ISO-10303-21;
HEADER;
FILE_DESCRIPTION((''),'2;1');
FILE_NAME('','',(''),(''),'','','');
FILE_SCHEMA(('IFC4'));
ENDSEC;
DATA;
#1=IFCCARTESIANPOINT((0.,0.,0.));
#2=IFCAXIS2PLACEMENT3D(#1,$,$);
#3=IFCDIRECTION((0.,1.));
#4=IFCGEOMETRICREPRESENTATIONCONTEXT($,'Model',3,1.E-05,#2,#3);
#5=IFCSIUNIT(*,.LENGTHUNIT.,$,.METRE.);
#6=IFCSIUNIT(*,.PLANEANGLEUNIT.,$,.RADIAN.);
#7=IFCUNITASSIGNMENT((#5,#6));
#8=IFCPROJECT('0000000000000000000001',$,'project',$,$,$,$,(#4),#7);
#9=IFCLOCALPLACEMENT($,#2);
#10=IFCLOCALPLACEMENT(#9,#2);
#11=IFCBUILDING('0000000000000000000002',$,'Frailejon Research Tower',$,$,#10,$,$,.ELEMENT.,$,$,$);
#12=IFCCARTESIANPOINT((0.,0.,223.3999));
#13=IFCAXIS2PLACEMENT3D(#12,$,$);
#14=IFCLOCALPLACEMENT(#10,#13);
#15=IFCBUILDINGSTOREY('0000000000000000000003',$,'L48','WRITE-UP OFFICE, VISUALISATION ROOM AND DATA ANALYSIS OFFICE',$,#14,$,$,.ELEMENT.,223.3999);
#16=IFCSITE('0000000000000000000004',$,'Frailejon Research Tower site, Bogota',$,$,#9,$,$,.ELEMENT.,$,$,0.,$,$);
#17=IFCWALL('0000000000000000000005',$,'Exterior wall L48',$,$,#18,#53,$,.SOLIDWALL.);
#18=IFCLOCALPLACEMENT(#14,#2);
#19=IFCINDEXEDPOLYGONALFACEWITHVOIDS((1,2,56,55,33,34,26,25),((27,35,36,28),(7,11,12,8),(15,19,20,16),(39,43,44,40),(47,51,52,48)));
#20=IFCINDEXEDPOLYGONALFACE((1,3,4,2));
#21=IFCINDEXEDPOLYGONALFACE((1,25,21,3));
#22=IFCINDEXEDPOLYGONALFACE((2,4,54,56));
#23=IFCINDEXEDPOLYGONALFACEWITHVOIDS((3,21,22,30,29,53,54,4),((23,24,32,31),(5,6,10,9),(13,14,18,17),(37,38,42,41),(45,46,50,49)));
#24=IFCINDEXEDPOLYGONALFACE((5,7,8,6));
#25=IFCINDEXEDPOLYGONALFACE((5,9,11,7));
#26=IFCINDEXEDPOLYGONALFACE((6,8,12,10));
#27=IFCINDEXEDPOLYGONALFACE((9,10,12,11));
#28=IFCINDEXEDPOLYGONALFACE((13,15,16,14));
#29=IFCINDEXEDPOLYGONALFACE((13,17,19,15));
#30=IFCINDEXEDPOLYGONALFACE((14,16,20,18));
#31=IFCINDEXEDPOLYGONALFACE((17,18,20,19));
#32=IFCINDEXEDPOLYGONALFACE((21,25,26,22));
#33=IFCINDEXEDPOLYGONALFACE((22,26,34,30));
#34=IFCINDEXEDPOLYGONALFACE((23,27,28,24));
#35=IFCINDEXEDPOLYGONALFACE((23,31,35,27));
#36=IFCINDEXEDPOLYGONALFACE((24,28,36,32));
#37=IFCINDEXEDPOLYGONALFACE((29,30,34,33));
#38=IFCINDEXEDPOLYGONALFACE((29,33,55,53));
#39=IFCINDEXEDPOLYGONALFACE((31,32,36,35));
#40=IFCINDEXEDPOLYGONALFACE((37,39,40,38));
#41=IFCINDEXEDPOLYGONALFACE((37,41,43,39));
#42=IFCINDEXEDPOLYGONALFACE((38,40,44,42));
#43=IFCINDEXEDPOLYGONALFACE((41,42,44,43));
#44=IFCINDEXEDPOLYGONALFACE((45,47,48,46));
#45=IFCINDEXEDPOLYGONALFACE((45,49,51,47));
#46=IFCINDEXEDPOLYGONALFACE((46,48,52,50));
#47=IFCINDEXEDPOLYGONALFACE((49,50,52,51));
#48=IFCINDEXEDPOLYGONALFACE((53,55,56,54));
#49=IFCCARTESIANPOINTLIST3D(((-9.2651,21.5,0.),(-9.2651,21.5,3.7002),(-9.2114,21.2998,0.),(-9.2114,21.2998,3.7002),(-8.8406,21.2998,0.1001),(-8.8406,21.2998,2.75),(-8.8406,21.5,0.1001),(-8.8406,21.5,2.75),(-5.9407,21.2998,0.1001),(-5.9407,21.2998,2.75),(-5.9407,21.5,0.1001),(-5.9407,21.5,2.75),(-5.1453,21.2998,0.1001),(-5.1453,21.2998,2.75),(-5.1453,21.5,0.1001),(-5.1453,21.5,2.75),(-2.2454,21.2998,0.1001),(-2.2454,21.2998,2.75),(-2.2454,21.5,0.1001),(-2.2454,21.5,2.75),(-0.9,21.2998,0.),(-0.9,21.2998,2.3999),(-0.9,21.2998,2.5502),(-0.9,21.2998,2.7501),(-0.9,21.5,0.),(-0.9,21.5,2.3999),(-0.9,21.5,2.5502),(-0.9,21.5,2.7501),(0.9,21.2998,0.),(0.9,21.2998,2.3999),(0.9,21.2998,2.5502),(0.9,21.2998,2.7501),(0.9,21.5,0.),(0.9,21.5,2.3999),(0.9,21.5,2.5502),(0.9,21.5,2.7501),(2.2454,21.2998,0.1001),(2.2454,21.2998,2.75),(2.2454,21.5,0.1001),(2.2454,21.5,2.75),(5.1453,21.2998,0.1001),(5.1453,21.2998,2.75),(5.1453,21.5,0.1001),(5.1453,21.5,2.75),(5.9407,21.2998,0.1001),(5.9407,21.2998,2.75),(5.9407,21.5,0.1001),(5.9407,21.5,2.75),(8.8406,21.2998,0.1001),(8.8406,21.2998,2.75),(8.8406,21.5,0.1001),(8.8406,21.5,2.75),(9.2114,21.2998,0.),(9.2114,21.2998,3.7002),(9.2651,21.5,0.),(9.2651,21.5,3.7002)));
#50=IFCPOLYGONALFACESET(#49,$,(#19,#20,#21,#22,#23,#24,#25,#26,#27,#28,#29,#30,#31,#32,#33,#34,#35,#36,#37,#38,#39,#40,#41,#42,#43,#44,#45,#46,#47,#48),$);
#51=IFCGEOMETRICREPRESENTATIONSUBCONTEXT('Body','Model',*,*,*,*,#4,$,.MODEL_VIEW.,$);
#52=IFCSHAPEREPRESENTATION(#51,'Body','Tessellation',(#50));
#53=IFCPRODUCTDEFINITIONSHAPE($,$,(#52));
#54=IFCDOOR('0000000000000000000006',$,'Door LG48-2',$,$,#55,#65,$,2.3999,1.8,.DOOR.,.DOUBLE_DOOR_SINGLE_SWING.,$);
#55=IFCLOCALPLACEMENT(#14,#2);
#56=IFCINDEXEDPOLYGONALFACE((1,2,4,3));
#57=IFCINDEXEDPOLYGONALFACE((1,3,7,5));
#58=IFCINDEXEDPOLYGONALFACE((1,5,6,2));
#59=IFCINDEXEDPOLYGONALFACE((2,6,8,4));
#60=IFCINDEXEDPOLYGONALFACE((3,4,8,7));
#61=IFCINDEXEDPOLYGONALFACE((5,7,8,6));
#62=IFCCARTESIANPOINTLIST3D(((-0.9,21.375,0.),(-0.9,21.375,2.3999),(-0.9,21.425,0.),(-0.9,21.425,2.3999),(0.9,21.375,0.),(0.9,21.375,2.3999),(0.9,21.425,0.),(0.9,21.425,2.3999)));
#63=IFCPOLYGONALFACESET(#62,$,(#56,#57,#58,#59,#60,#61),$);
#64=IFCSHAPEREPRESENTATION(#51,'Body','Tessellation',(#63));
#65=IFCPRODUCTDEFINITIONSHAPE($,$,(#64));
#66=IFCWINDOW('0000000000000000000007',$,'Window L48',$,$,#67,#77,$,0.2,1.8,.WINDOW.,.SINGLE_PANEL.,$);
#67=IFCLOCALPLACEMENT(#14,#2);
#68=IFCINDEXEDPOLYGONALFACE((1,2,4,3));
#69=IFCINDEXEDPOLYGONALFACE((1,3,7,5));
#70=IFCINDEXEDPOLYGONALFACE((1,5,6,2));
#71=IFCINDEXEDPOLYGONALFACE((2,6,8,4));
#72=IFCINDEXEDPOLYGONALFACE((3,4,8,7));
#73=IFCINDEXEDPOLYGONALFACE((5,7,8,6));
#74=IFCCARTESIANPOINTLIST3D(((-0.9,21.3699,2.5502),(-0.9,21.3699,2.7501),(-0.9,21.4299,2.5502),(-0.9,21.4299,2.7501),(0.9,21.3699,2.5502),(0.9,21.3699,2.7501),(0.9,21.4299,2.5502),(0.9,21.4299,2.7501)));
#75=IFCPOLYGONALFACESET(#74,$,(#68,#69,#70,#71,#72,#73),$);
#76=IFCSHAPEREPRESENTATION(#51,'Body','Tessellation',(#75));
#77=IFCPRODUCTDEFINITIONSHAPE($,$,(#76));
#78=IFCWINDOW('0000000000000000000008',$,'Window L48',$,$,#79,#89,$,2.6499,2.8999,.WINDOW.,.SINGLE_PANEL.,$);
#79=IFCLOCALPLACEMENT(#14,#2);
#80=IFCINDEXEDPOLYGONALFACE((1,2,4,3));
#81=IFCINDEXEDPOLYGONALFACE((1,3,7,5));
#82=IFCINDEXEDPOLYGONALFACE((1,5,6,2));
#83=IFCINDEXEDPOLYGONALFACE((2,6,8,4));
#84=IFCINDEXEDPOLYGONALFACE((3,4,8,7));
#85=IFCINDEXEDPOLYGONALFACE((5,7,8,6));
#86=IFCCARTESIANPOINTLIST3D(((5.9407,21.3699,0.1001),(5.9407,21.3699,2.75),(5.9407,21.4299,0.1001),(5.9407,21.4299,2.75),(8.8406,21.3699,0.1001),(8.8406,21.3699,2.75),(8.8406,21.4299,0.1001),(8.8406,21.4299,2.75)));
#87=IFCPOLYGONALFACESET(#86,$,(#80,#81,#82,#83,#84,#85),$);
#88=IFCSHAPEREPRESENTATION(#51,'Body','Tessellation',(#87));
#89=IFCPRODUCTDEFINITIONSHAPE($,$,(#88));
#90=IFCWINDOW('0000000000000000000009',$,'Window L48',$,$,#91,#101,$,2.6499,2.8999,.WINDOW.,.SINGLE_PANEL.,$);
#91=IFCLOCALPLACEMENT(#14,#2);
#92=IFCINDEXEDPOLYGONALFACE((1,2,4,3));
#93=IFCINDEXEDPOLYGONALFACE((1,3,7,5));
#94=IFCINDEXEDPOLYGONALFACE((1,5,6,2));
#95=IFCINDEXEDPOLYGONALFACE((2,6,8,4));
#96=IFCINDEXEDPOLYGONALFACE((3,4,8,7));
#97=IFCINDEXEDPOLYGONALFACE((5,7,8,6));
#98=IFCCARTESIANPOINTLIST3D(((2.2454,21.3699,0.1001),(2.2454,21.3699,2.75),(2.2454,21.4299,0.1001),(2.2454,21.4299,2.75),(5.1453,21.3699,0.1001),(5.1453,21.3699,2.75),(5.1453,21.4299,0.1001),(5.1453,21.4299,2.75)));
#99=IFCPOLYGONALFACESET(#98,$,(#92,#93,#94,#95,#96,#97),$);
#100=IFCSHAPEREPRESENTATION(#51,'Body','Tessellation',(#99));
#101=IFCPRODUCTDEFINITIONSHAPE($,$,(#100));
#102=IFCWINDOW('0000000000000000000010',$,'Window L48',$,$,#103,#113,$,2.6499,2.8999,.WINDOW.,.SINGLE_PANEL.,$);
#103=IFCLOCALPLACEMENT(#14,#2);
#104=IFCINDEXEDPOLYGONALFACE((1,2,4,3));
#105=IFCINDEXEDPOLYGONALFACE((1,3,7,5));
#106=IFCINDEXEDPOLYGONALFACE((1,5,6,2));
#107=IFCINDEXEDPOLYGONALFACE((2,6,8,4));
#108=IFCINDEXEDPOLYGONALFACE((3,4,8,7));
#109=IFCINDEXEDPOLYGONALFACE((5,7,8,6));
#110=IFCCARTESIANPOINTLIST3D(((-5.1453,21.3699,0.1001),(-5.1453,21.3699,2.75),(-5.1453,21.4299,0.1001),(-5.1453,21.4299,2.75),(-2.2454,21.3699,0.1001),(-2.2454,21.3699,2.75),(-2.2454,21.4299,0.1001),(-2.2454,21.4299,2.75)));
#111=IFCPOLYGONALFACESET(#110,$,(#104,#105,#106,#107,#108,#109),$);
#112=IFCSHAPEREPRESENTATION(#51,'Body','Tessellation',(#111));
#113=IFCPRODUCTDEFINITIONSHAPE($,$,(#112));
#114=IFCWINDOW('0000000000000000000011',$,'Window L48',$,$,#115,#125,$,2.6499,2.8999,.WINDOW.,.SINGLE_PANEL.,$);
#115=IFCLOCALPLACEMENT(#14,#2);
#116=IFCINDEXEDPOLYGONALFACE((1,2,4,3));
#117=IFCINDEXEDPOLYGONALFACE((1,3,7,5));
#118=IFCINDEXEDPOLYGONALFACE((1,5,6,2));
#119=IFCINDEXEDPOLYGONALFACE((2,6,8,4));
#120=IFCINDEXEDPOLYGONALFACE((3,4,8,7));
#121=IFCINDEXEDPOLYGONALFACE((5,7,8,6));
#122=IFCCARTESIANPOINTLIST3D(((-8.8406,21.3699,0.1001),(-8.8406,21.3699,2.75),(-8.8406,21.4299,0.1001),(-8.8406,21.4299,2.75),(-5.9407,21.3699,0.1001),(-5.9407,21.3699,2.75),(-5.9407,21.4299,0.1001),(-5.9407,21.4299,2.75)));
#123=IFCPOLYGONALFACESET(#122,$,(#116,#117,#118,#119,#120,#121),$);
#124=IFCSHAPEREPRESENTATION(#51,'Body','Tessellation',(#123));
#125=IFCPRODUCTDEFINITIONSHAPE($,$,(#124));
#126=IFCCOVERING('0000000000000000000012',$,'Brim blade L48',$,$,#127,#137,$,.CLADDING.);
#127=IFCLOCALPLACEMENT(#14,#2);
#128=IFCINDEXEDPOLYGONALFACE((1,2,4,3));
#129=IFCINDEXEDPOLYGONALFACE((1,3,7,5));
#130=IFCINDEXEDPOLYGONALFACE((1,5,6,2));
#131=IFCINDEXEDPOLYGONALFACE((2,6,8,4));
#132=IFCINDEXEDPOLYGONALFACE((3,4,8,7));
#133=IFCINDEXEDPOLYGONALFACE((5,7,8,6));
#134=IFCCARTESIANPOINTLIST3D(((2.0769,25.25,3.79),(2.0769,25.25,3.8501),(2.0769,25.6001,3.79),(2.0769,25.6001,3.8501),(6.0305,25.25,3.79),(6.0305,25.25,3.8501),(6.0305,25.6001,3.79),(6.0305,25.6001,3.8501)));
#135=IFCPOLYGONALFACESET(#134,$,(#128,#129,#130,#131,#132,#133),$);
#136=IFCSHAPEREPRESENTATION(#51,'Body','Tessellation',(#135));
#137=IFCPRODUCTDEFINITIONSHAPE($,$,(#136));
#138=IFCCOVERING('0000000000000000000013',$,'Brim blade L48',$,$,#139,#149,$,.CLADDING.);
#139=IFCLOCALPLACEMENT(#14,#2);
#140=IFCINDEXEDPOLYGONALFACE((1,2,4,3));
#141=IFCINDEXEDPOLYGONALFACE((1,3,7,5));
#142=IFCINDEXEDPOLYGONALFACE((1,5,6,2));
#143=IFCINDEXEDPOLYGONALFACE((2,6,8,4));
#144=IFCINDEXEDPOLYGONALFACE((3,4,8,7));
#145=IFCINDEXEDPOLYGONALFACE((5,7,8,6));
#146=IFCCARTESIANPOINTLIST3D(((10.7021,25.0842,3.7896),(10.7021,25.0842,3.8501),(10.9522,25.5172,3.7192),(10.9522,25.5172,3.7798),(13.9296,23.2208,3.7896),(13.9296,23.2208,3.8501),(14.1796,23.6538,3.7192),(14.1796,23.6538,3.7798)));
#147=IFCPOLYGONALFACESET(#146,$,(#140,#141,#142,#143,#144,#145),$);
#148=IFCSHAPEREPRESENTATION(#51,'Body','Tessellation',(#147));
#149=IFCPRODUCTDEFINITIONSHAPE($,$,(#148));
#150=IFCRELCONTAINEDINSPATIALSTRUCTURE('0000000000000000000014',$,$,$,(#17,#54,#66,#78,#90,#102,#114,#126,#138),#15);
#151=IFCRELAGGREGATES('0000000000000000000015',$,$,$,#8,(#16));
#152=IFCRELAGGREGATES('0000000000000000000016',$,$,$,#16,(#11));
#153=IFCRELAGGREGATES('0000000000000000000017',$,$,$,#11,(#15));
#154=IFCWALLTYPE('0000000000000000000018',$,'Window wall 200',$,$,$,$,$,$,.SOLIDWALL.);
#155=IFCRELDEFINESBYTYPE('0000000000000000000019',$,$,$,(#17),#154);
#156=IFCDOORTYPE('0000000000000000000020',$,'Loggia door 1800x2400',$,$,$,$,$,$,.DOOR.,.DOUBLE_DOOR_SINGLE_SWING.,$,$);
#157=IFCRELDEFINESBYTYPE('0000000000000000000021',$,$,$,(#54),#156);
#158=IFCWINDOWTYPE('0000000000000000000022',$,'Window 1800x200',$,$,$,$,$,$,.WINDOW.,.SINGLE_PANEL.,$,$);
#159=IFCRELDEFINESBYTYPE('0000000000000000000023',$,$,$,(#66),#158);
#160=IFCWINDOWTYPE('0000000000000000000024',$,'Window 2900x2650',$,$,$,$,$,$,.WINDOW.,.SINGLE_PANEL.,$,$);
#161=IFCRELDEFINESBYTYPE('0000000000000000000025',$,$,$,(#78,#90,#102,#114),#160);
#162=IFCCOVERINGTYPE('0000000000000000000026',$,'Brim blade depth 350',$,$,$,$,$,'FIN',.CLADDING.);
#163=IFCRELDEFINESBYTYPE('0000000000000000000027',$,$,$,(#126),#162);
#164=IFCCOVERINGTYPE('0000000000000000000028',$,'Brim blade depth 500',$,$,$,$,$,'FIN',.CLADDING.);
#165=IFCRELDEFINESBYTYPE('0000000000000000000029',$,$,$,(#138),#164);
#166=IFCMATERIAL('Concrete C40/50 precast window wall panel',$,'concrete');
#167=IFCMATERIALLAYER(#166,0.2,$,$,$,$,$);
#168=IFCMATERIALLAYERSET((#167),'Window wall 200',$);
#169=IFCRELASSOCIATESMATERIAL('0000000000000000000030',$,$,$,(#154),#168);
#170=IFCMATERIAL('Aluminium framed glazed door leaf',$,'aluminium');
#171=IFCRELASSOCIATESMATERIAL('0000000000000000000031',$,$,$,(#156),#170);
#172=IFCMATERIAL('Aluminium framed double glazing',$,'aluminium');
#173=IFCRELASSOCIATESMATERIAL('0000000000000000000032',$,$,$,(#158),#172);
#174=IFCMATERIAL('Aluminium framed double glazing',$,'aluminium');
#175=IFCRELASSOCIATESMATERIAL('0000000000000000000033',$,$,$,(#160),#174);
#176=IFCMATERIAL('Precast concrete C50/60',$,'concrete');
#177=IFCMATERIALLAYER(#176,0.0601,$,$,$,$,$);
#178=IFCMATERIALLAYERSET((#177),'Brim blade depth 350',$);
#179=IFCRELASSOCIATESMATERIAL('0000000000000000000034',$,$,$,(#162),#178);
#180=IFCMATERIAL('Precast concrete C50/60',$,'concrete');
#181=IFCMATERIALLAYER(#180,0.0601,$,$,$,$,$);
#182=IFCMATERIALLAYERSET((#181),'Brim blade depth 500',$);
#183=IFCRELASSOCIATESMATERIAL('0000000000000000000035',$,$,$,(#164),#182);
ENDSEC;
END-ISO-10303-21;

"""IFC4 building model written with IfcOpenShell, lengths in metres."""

from ifc_helpers import new_model, si_unit, direction, frame, frame_2d, origin, place, context, subcontext, project, spatial, polyline, rectangle, outline, extrude, material, layer, layer_set, type_object, element, fill, save


model = new_model("IFC4")

# Units and contexts
model_context = context("Model", 3, precision=1e-05, world=origin(), true_north=direction((0.0, 1.0)))
body_context = subcontext(model_context, "Body", "Model", "MODEL_VIEW")
ifc_project = project(units=[si_unit("LENGTHUNIT", "METRE"), si_unit("PLANEANGLEUNIT", "RADIAN")], contexts=[model_context])

# Site, building, storey
site_placement = place(None, origin())
site = spatial("IfcSite", under=ifc_project, at=site_placement, Name="Frailejon Research Tower site, Bogota", CompositionType="ELEMENT", RefElevation=0.0)
building_placement = place(site_placement, origin())
building = spatial("IfcBuilding", under=site, at=building_placement, Name="Frailejon Research Tower", CompositionType="ELEMENT")
storey_placement = place(building_placement, frame((0.0, 0.0, 223.3999)))
storey = spatial("IfcBuildingStorey", under=building, at=storey_placement, Name="L48", Description="WRITE-UP OFFICE, VISUALISATION ROOM AND DATA ANALYSIS OFFICE", CompositionType="ELEMENT", Elevation=223.3999)

# Wall, openings, door, windows
ifc_material_1 = material(Name="Concrete C40/50 precast window wall panel", Category="concrete")
ifc_layer_1 = layer(ifc_material_1, 0.2)
ifc_layer_set_1 = layer_set([ifc_layer_1], Name="Window wall 200")
wall_type_1 = type_object("IfcWallType", Name="Window wall 200", PredefinedType="SOLIDWALL", material=ifc_layer_set_1)
wall_1_placement = place(storey_placement, frame((9.2383, 21.3999, 0.0), z_axis=(0.0, 0.0, 1.0), x_axis=(-1.0, 0.0, 0.0)))
wall_1 = element("IfcWall", 1, at=wall_1_placement, inside=storey, type_object=wall_type_1, Name="Exterior wall L48", PredefinedType="SOLIDWALL", context=body_context, shape_type="SweptSolid", body=[
    extrude(outline(polyline([(-0.0269, -0.1001), (1.0027, -0.1001), (2.032, -0.1001), (3.0615, -0.1001), (4.0911, -0.1001), (5.1204, -0.1001), (6.1499, -0.1001), (7.1794, -0.1001), (8.2087, -0.1001), (9.2383, -0.1001), (10.2678, -0.1001), (11.2971, -0.1001), (12.3267, -0.1001), (13.3562, -0.1001), (14.3855, -0.1001), (15.415, -0.1001), (16.4446, -0.1001), (17.4739, -0.1001), (18.5034, -0.1001), (18.4497, 0.1001), (17.4263, 0.1001), (16.4028, 0.1001), (15.3792, 0.1001), (14.3557, 0.1001), (13.3323, 0.1001), (12.3088, 0.1001), (11.2852, 0.1001), (10.2617, 0.1001), (9.2383, 0.1001), (8.2148, 0.1001), (7.1914, 0.1001), (6.1677, 0.1001), (5.1443, 0.1001), (4.1208, 0.1001), (3.0974, 0.1001), (2.0737, 0.1001), (1.0503, 0.1001), (0.0269, 0.1001), (-0.0269, -0.1001)])), origin(), (0.0, 0.0, 1.0), 3.7002),
])
opening_1_placement = place(wall_1_placement, frame((0.3977, 0.0, 0.1001)))
opening_1 = element("IfcOpeningElement", 2, at=opening_1_placement, cuts=wall_1, PredefinedType="OPENING", context=body_context, shape_type="SweptSolid", body=[
    extrude(rectangle(XDim=2.8999, YDim=2.6499, at=frame_2d((1.45, 1.325))), frame((0.0, 0.1099, 0.0), z_axis=(0.0, -1.0, 0.0), x_axis=(1.0, 0.0, 0.0)), (0.0, 0.0, 1.0), 0.22),
])
opening_2_placement = place(wall_1_placement, frame((4.093, 0.0, 0.1001)))
opening_2 = element("IfcOpeningElement", 3, at=opening_2_placement, cuts=wall_1, PredefinedType="OPENING", context=body_context, shape_type="SweptSolid", body=[
    extrude(rectangle(XDim=2.8999, YDim=2.6499, at=frame_2d((1.45, 1.325))), frame((0.0, 0.1099, 0.0), z_axis=(0.0, -1.0, 0.0), x_axis=(1.0, 0.0, 0.0)), (0.0, 0.0, 1.0), 0.22),
])
opening_3_placement = place(wall_1_placement, frame((8.3384, 0.0, 0.0)))
opening_3 = element("IfcOpeningElement", 4, at=opening_3_placement, cuts=wall_1, PredefinedType="OPENING", context=body_context, shape_type="SweptSolid", body=[
    extrude(rectangle(XDim=1.8, YDim=2.3999, at=frame_2d((0.8999, 1.2))), frame((0.0, 0.1099, 0.0), z_axis=(0.0, -1.0, 0.0), x_axis=(1.0, 0.0, 0.0)), (0.0, 0.0, 1.0), 0.22),
])
opening_4_placement = place(wall_1_placement, frame((8.3384, 0.0, 2.55)))
opening_4 = element("IfcOpeningElement", 5, at=opening_4_placement, cuts=wall_1, PredefinedType="OPENING", context=body_context, shape_type="SweptSolid", body=[
    extrude(rectangle(XDim=1.8, YDim=0.2, at=frame_2d((0.8999, 0.1001))), frame((0.0, 0.1099, 0.0), z_axis=(0.0, -1.0, 0.0), x_axis=(1.0, 0.0, 0.0)), (0.0, 0.0, 1.0), 0.22),
])
opening_5_placement = place(wall_1_placement, frame((11.4836, 0.0, 0.1001)))
opening_5 = element("IfcOpeningElement", 6, at=opening_5_placement, cuts=wall_1, PredefinedType="OPENING", context=body_context, shape_type="SweptSolid", body=[
    extrude(rectangle(XDim=2.8999, YDim=2.6499, at=frame_2d((1.45, 1.325))), frame((0.0, 0.1099, 0.0), z_axis=(0.0, -1.0, 0.0), x_axis=(1.0, 0.0, 0.0)), (0.0, 0.0, 1.0), 0.22),
])
opening_6_placement = place(wall_1_placement, frame((15.179, 0.0, 0.1001)))
opening_6 = element("IfcOpeningElement", 7, at=opening_6_placement, cuts=wall_1, PredefinedType="OPENING", context=body_context, shape_type="SweptSolid", body=[
    extrude(rectangle(XDim=2.8999, YDim=2.6499, at=frame_2d((1.45, 1.325))), frame((0.0, 0.1099, 0.0), z_axis=(0.0, -1.0, 0.0), x_axis=(1.0, 0.0, 0.0)), (0.0, 0.0, 1.0), 0.22),
])
ifc_material_2 = material(Name="Aluminium framed glazed door leaf", Category="aluminium")
door_type = type_object("IfcDoorType", Name="Loggia door 1800x2400", OperationType="DOUBLE_DOOR_SINGLE_SWING", PredefinedType="DOOR", material=ifc_material_2)
door_placement = place(opening_3_placement, origin())
door = element("IfcDoor", 8, at=door_placement, inside=storey, type_object=door_type, Name="Door LG48-2", OperationType="DOUBLE_DOOR_SINGLE_SWING", OverallHeight=2.3999, OverallWidth=1.8, PredefinedType="DOOR", context=body_context, shape_type="SweptSolid", body=[
    extrude(rectangle(XDim=1.8, YDim=2.3999, at=frame_2d((0.8999, 1.2))), frame((0.0, 0.0249, 0.0), z_axis=(0.0, -1.0, 0.0), x_axis=(1.0, 0.0, 0.0)), (0.0, 0.0, 1.0), 0.05),
])
fill(opening_3, door)
ifc_material_3 = material(Name="Aluminium framed double glazing", Category="aluminium")
window_type_1 = type_object("IfcWindowType", Name="Window 1800x200", PartitioningType="SINGLE_PANEL", PredefinedType="WINDOW", material=ifc_material_3)
window_1_placement = place(opening_4_placement, origin())
window_1 = element("IfcWindow", 9, at=window_1_placement, inside=storey, type_object=window_type_1, Name="Window L48", OverallHeight=0.2, OverallWidth=1.8, PartitioningType="SINGLE_PANEL", PredefinedType="WINDOW", context=body_context, shape_type="SweptSolid", body=[
    extrude(rectangle(XDim=1.8, YDim=0.2, at=frame_2d((0.8999, 0.1001))), frame((0.0, 0.03, 0.0), z_axis=(0.0, -1.0, 0.0), x_axis=(1.0, 0.0, 0.0)), (0.0, 0.0, 1.0), 0.0601),
])
fill(opening_4, window_1)
ifc_material_4 = material(Name="Aluminium framed double glazing", Category="aluminium")
window_type_2 = type_object("IfcWindowType", Name="Window 2900x2650", PartitioningType="SINGLE_PANEL", PredefinedType="WINDOW", material=ifc_material_4)
window_2_placement = place(opening_1_placement, origin())
window_2 = element("IfcWindow", 10, at=window_2_placement, inside=storey, type_object=window_type_2, Name="Window L48", OverallHeight=2.6499, OverallWidth=2.8999, PartitioningType="SINGLE_PANEL", PredefinedType="WINDOW", context=body_context, shape_type="SweptSolid", body=[
    extrude(rectangle(XDim=2.8999, YDim=2.6499, at=frame_2d((1.45, 1.325))), frame((0.0, 0.03, 0.0), z_axis=(0.0, -1.0, 0.0), x_axis=(1.0, 0.0, 0.0)), (0.0, 0.0, 1.0), 0.0601),
])
fill(opening_1, window_2)
window_3_placement = place(opening_2_placement, origin())
window_3 = element("IfcWindow", 11, at=window_3_placement, inside=storey, type_object=window_type_2, Name="Window L48", OverallHeight=2.6499, OverallWidth=2.8999, PartitioningType="SINGLE_PANEL", PredefinedType="WINDOW", context=body_context, shape_type="SweptSolid", body=[
    extrude(rectangle(XDim=2.8999, YDim=2.6499, at=frame_2d((1.45, 1.325))), frame((0.0, 0.03, 0.0), z_axis=(0.0, -1.0, 0.0), x_axis=(1.0, 0.0, 0.0)), (0.0, 0.0, 1.0), 0.0601),
])
fill(opening_2, window_3)
window_4_placement = place(opening_5_placement, origin())
window_4 = element("IfcWindow", 12, at=window_4_placement, inside=storey, type_object=window_type_2, Name="Window L48", OverallHeight=2.6499, OverallWidth=2.8999, PartitioningType="SINGLE_PANEL", PredefinedType="WINDOW", context=body_context, shape_type="SweptSolid", body=[
    extrude(rectangle(XDim=2.8999, YDim=2.6499, at=frame_2d((1.45, 1.325))), frame((0.0, 0.03, 0.0), z_axis=(0.0, -1.0, 0.0), x_axis=(1.0, 0.0, 0.0)), (0.0, 0.0, 1.0), 0.0601),
])
fill(opening_5, window_4)
window_5_placement = place(opening_6_placement, origin())
window_5 = element("IfcWindow", 13, at=window_5_placement, inside=storey, type_object=window_type_2, Name="Window L48", OverallHeight=2.6499, OverallWidth=2.8999, PartitioningType="SINGLE_PANEL", PredefinedType="WINDOW", context=body_context, shape_type="SweptSolid", body=[
    extrude(rectangle(XDim=2.8999, YDim=2.6499, at=frame_2d((1.45, 1.325))), frame((0.0, 0.03, 0.0), z_axis=(0.0, -1.0, 0.0), x_axis=(1.0, 0.0, 0.0)), (0.0, 0.0, 1.0), 0.0601),
])
fill(opening_6, window_5)

# Coverings
ifc_material_5 = material(Name="Precast concrete C50/60", Category="concrete")
ifc_layer_2 = layer(ifc_material_5, 0.0601)
ifc_layer_set_2 = layer_set([ifc_layer_2], Name="Brim blade depth 350")
covering_type_1 = type_object("IfcCoveringType", Name="Brim blade depth 350", ElementType="FIN", PredefinedType="CLADDING", material=ifc_layer_set_2)
covering_1_placement = place(storey_placement, frame((2.0769, 25.25, 3.8501), z_axis=(1.0, 0.0, 0.0), x_axis=(0.0, 1.0, 0.0)))
element("IfcCovering", 14, at=covering_1_placement, inside=storey, type_object=covering_type_1, Name="Brim blade L48", PredefinedType="CLADDING", context=body_context, shape_type="SweptSolid", body=[
    extrude(outline(polyline([(0.0, -0.0601), (0.3501, -0.0601), (0.3501, 0.0), (0.0, 0.0), (0.0, -0.0601)])), origin(), (0.0, 0.0, 1.0), 3.9536),
])
ifc_material_6 = material(Name="Precast concrete C50/60", Category="concrete")
ifc_layer_3 = layer(ifc_material_6, 0.0601)
ifc_layer_set_3 = layer_set([ifc_layer_3], Name="Brim blade depth 500")
covering_type_2 = type_object("IfcCoveringType", Name="Brim blade depth 500", ElementType="FIN", PredefinedType="CLADDING", material=ifc_layer_set_3)
covering_2_placement = place(storey_placement, frame((10.7021, 25.0842, 3.8501), z_axis=(0.866018, -0.500012, 0.0), x_axis=(0.500012, 0.866018, 0.0)))
element("IfcCovering", 15, at=covering_2_placement, inside=storey, type_object=covering_type_2, Name="Brim blade L48", PredefinedType="CLADDING", context=body_context, shape_type="SweptSolid", body=[
    extrude(outline(polyline([(0.0, -0.0605), (0.5, -0.1309), (0.5, -0.0703), (0.0, 0.0), (0.0, -0.0605)])), origin(), (0.0, 0.0, 1.0), 3.7268),
])

save(model, "model.ifc")
